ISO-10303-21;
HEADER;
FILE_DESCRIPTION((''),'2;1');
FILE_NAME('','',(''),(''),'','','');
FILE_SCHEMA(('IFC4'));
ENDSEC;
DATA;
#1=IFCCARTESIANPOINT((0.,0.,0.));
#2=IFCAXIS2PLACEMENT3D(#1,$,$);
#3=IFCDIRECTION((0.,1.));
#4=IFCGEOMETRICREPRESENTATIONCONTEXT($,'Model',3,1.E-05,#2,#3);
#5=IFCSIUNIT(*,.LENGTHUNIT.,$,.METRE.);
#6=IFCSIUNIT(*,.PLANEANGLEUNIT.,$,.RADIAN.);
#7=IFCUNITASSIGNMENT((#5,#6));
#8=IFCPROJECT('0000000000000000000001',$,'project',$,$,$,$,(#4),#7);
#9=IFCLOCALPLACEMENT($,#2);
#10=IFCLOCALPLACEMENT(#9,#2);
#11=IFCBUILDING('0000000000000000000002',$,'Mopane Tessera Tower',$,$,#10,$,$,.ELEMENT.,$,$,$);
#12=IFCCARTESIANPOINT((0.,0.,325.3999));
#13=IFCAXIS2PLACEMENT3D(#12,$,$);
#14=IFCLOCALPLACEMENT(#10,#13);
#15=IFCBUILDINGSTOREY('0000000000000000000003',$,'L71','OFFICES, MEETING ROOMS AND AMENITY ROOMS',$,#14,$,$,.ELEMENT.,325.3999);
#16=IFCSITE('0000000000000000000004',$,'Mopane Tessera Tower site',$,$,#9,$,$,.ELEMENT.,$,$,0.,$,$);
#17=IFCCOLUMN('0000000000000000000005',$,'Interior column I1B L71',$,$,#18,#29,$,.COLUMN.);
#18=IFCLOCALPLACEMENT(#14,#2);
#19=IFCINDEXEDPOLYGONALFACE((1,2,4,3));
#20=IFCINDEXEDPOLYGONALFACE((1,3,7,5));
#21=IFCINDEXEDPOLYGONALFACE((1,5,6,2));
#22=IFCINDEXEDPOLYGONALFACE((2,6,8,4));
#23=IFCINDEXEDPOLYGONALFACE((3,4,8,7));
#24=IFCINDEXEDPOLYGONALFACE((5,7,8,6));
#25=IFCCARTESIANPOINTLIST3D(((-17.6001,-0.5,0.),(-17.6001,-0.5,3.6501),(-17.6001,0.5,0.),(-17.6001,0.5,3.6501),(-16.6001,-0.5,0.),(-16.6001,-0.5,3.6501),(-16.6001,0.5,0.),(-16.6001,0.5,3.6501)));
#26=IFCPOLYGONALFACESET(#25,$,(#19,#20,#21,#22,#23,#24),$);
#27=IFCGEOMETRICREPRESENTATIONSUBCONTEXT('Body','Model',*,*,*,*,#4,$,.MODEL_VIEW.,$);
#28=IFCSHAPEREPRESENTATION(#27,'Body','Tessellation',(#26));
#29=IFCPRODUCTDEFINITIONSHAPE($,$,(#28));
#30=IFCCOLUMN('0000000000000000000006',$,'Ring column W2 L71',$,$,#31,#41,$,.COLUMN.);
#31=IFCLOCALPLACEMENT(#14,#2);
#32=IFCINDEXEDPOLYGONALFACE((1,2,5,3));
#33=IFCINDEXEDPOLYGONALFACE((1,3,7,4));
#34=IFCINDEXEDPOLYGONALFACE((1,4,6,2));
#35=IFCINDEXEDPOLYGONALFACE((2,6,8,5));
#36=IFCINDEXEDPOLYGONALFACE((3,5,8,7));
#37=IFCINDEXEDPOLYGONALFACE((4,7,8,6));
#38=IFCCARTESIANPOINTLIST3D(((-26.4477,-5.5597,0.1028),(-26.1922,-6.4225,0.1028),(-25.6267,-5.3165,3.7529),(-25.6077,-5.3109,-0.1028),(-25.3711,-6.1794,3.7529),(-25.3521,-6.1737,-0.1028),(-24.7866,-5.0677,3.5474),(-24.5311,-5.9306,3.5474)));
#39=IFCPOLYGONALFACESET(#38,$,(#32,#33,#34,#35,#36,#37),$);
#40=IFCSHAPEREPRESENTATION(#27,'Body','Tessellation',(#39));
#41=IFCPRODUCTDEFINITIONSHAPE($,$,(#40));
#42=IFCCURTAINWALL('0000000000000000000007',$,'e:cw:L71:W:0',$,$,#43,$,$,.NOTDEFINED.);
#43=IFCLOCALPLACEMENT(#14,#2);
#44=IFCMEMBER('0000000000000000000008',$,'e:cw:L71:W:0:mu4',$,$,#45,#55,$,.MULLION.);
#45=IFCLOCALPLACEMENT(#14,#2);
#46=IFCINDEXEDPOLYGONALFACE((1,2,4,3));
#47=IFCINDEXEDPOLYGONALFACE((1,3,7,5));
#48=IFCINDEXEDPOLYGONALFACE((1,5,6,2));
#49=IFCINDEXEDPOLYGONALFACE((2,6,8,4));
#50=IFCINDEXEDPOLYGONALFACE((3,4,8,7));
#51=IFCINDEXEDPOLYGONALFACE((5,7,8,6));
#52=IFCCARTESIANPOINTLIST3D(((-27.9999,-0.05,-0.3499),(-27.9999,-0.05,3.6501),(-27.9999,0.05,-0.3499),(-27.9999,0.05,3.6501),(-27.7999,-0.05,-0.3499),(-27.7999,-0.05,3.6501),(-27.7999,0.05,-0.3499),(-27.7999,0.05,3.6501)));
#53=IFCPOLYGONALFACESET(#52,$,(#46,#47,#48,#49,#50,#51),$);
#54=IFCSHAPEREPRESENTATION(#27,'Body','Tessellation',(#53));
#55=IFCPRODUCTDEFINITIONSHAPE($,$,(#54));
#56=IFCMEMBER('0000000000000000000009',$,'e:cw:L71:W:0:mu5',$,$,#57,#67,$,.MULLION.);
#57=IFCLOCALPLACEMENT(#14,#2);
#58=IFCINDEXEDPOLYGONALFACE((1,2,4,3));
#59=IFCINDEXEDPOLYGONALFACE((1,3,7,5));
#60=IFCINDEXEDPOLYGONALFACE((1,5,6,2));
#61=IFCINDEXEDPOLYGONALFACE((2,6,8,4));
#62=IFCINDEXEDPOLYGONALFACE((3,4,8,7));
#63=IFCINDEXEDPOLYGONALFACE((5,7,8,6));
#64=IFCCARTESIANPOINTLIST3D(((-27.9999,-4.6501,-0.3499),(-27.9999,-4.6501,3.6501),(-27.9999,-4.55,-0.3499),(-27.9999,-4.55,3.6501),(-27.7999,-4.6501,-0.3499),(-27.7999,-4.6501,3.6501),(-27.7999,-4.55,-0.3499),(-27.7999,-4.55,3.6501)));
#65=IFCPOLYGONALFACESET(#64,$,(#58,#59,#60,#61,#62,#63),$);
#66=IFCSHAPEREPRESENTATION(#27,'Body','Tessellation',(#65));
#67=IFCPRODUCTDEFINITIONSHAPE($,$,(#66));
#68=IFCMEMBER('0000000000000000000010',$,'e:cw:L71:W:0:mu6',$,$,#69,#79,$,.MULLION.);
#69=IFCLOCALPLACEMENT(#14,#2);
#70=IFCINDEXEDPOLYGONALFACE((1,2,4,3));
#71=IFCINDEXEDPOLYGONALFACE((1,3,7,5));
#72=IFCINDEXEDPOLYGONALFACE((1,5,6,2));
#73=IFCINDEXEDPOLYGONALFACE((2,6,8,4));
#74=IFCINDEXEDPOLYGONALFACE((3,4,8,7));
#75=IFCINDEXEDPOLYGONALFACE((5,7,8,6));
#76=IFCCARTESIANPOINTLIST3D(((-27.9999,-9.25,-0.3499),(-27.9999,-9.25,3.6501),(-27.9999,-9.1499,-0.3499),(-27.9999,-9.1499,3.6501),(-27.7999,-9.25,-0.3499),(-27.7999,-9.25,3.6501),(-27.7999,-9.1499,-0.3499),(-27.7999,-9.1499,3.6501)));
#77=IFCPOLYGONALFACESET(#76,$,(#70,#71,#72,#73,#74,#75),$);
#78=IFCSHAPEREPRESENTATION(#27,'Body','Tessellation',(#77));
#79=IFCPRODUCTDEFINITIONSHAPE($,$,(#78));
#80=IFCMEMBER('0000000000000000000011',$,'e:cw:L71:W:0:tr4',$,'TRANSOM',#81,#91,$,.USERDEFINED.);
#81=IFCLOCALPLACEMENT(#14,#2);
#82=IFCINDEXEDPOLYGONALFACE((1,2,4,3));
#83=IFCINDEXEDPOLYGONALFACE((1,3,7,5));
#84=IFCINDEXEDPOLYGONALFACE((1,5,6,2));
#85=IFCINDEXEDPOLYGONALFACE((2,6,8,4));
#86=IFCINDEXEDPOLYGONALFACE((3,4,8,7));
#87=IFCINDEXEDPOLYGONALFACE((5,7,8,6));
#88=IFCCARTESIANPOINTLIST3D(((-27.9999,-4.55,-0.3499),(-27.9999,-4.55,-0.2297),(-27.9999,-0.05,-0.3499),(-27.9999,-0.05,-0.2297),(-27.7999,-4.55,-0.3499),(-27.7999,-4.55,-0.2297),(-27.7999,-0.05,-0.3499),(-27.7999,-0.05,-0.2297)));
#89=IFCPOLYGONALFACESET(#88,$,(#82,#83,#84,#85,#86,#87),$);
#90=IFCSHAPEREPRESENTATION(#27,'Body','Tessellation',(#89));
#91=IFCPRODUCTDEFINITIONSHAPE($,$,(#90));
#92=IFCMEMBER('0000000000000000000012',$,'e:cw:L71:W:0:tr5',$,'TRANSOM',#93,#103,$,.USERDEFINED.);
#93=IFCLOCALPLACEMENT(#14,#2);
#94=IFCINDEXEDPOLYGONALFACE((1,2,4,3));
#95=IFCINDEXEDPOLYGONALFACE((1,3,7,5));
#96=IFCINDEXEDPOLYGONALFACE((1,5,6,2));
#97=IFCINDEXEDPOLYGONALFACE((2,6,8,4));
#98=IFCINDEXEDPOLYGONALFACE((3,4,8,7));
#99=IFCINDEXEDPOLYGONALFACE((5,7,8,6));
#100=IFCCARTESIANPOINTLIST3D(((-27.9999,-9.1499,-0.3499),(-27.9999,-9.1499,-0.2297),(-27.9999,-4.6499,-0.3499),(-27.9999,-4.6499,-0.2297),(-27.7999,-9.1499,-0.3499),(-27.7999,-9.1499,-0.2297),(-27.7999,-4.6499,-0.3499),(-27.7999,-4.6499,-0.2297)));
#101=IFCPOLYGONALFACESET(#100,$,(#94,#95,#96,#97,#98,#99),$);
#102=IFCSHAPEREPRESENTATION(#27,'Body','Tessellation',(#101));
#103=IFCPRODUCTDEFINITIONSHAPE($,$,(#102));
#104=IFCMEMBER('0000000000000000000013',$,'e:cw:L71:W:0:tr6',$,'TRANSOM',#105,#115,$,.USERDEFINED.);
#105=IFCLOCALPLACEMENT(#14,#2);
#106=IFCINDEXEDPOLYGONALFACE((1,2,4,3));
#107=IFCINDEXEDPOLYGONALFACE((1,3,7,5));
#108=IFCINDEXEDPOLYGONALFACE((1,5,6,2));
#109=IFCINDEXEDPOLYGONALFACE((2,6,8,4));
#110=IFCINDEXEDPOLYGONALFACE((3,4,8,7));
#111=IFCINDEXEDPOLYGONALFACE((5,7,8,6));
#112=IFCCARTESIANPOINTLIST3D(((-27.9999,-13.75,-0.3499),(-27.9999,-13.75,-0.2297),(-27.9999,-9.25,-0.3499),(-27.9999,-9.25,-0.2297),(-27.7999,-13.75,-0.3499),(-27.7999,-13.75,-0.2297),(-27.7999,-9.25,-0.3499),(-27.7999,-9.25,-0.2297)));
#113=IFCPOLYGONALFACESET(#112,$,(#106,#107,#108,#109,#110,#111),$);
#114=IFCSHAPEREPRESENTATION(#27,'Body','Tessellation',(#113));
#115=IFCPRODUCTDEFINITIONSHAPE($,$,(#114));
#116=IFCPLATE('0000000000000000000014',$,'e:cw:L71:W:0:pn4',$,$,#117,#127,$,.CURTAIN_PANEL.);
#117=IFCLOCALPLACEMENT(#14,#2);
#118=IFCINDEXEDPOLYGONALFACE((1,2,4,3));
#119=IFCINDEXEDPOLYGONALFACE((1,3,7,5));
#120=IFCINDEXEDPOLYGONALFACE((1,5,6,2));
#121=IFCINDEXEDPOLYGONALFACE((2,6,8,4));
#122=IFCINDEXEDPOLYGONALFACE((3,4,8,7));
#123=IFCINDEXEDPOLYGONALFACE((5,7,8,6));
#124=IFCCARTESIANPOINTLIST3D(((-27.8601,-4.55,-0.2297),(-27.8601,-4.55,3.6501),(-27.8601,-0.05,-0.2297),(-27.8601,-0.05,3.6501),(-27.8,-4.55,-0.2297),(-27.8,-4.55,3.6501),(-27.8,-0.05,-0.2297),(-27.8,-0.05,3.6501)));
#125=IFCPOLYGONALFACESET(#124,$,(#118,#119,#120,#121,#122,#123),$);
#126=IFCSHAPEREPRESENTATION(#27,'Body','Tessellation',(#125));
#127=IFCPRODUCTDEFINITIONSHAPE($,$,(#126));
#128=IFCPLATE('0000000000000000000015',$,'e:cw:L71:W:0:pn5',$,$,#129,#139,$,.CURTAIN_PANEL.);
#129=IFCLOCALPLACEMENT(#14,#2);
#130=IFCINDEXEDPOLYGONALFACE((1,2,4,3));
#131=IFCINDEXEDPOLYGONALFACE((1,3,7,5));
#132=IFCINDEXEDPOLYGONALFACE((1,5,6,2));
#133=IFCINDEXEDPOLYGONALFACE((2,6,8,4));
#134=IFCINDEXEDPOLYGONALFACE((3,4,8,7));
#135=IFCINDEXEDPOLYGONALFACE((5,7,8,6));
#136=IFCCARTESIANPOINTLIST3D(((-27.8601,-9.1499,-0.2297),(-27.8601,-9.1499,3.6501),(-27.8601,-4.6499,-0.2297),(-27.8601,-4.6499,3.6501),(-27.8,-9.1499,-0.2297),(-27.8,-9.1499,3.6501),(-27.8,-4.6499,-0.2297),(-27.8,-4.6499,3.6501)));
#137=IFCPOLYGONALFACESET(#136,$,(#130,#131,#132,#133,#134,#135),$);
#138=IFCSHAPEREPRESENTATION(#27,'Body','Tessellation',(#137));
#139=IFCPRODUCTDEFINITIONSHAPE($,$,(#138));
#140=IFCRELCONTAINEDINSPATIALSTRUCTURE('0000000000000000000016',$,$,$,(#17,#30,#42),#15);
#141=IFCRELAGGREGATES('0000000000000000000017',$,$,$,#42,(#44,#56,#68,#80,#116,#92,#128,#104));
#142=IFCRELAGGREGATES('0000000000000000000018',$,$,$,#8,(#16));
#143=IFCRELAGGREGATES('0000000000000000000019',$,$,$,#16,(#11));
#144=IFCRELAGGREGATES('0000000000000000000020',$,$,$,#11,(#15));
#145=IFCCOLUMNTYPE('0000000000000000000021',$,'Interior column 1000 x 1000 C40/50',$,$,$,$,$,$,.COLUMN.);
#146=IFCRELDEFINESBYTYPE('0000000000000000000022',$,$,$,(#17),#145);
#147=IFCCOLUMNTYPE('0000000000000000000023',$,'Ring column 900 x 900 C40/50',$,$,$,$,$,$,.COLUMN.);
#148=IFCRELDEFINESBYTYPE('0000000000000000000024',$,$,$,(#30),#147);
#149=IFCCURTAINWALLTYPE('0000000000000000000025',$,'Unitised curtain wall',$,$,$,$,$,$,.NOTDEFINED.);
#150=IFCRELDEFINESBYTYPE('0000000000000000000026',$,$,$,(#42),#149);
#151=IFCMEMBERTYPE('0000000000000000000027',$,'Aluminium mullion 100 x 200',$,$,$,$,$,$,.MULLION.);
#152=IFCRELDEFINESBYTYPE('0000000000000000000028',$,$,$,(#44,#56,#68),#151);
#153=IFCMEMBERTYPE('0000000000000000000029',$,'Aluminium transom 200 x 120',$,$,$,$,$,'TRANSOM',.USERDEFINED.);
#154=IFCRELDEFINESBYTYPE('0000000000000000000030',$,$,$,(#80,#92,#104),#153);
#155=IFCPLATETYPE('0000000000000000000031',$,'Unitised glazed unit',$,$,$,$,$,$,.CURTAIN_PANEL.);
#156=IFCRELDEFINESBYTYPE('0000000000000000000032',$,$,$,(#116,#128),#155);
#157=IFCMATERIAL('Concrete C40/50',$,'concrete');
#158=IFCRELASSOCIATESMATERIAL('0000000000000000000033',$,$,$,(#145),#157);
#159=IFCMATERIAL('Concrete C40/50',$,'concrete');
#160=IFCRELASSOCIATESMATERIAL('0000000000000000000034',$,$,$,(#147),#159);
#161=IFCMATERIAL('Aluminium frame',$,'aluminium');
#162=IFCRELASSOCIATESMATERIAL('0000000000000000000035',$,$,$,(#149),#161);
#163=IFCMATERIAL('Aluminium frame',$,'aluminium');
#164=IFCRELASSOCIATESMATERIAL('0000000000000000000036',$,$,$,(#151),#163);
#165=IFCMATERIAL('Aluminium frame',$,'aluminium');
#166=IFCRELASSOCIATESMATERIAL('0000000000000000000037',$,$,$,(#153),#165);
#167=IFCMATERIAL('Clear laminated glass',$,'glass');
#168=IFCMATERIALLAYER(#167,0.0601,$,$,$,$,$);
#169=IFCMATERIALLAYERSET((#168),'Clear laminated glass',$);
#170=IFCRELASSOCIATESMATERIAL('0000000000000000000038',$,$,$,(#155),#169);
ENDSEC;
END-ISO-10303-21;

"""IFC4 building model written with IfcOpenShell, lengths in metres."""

from ifc_helpers import new_model, si_unit, direction, frame, origin, origin_2d, place, context, subcontext, project, spatial, rectangle, extrude, material, layer, layer_set, material_profile, profile_set, type_object, element, aggregate, save


model = new_model("IFC4")

# Units and contexts
model_context = context("Model", 3, precision=1e-05, world=origin(), true_north=direction((0.0, 1.0)))
body_context = subcontext(model_context, "Body", "Model", "MODEL_VIEW")
ifc_project = project(units=[si_unit("LENGTHUNIT", "METRE"), si_unit("PLANEANGLEUNIT", "RADIAN")], contexts=[model_context])

# Site, building, storey
site_placement = place(None, origin())
site = spatial("IfcSite", under=ifc_project, at=site_placement, Name="Mopane Tessera Tower site", CompositionType="ELEMENT", RefElevation=0.0)
building_placement = place(site_placement, origin())
building = spatial("IfcBuilding", under=site, at=building_placement, Name="Mopane Tessera Tower", CompositionType="ELEMENT")
storey_placement = place(building_placement, frame((0.0, 0.0, 325.3999)))
storey = spatial("IfcBuildingStorey", under=building, at=storey_placement, Name="L71", Description="OFFICES, MEETING ROOMS AND AMENITY ROOMS", CompositionType="ELEMENT", Elevation=325.3999)

# Columns
ifc_material_1 = material(Name="Concrete C40/50", Category="concrete")
ifc_material_profile_1 = material_profile(ifc_material_1, rectangle(XDim=1.0, YDim=1.0, at=origin_2d()))
ifc_profile_set_1 = profile_set([ifc_material_profile_1], Name="Concrete C40/50")
column_type_1 = type_object("IfcColumnType", Name="Interior column 1000 x 1000 C40/50", PredefinedType="COLUMN", material=ifc_profile_set_1)
column_1_placement = place(storey_placement, frame((-17.1001, 0.0, 0.0), z_axis=(0.0, 0.0, 1.0), x_axis=(1.0, 0.0, 0.0)))
element("IfcColumn", 1, at=column_1_placement, inside=storey, type_object=column_type_1, Name="Interior column I1B L71", PredefinedType="COLUMN", context=body_context, shape_type="SweptSolid", body=[
    extrude(rectangle(XDim=1.0, YDim=1.0, at=origin_2d()), origin(), (0.0, 0.0, 1.0), 3.6501),
])
ifc_material_2 = material(Name="Concrete C40/50", Category="concrete")
ifc_material_profile_2 = material_profile(ifc_material_2, rectangle(XDim=0.8999, YDim=0.8999, at=origin_2d()))
ifc_profile_set_2 = profile_set([ifc_material_profile_2], Name="Concrete C40/50")
column_type_2 = type_object("IfcColumnType", Name="Ring column 900 x 900 C40/50", PredefinedType="COLUMN", material=ifc_profile_set_2)
column_2_placement = place(storey_placement, frame((-25.8999, -5.8667, 0.0), z_axis=(0.21899, 0.064857, 0.973569), x_axis=(-0.283972, 0.958833, 0.0)))
element("IfcColumn", 2, at=column_2_placement, inside=storey, type_object=column_type_2, Name="Ring column W2 L71", PredefinedType="COLUMN", context=body_context, shape_type="SweptSolid", body=[
    extrude(rectangle(XDim=0.8999, YDim=0.8999, at=origin_2d()), origin(), (0.0, 0.0, 1.0), 3.7493),
])

# Curtain wall, members, plates
ifc_material_3 = material(Name="Aluminium frame", Category="aluminium")
curtain_wall_type = type_object("IfcCurtainWallType", Name="Unitised curtain wall", PredefinedType="NOTDEFINED", material=ifc_material_3)
curtain_wall_placement = place(storey_placement, origin())
curtain_wall = element("IfcCurtainWall", 3, at=curtain_wall_placement, inside=storey, type_object=curtain_wall_type, Name="e:cw:L71:W:0", PredefinedType="NOTDEFINED")
ifc_material_4 = material(Name="Aluminium frame", Category="aluminium")
ifc_material_profile_3 = material_profile(ifc_material_4, rectangle(XDim=0.1001, YDim=0.2, at=origin_2d()))
ifc_profile_set_3 = profile_set([ifc_material_profile_3], Name="Aluminium frame")
member_type_1 = type_object("IfcMemberType", Name="Aluminium mullion 100 x 200", PredefinedType="MULLION", material=ifc_profile_set_3)
member_1_placement = place(storey_placement, frame((-27.8999, 0.0, -0.3499), z_axis=(0.0, 0.0, 1.0), x_axis=(0.0, -1.0, 0.0)))
member_1 = element("IfcMember", 4, at=member_1_placement, type_object=member_type_1, Name="e:cw:L71:W:0:mu4", PredefinedType="MULLION", context=body_context, shape_type="SweptSolid", body=[
    extrude(rectangle(XDim=0.1001, YDim=0.2, at=origin_2d()), origin(), (0.0, 0.0, 1.0), 4.0),
])
member_2_placement = place(storey_placement, frame((-27.8999, -4.6001, -0.3499), z_axis=(0.0, 0.0, 1.0), x_axis=(0.0, -1.0, 0.0)))
member_2 = element("IfcMember", 5, at=member_2_placement, type_object=member_type_1, Name="e:cw:L71:W:0:mu5", PredefinedType="MULLION", context=body_context, shape_type="SweptSolid", body=[
    extrude(rectangle(XDim=0.1001, YDim=0.2, at=origin_2d()), origin(), (0.0, 0.0, 1.0), 4.0),
])
member_3_placement = place(storey_placement, frame((-27.8999, -9.2, -0.3499), z_axis=(0.0, 0.0, 1.0), x_axis=(0.0, -1.0, 0.0)))
member_3 = element("IfcMember", 6, at=member_3_placement, type_object=member_type_1, Name="e:cw:L71:W:0:mu6", PredefinedType="MULLION", context=body_context, shape_type="SweptSolid", body=[
    extrude(rectangle(XDim=0.1001, YDim=0.2, at=origin_2d()), origin(), (0.0, 0.0, 1.0), 4.0),
])
ifc_material_5 = material(Name="Aluminium frame", Category="aluminium")
ifc_material_profile_4 = material_profile(ifc_material_5, rectangle(XDim=0.2, YDim=0.1201, at=origin_2d()))
ifc_profile_set_4 = profile_set([ifc_material_profile_4], Name="Aluminium frame")
member_type_2 = type_object("IfcMemberType", Name="Aluminium transom 200 x 120", ElementType="TRANSOM", PredefinedType="USERDEFINED", material=ifc_profile_set_4)
member_4_placement = place(storey_placement, frame((-27.8999, -0.05, -0.2898), z_axis=(0.0, -1.0, 0.0), x_axis=(1.0, 0.0, 0.0)))
member_4 = element("IfcMember", 7, at=member_4_placement, type_object=member_type_2, Name="e:cw:L71:W:0:tr4", ObjectType="TRANSOM", PredefinedType="USERDEFINED", context=body_context, shape_type="SweptSolid", body=[
    extrude(rectangle(XDim=0.2, YDim=0.1201, at=origin_2d()), origin(), (0.0, 0.0, 1.0), 4.5),
])
member_5_placement = place(storey_placement, frame((-27.8999, -4.6499, -0.2898), z_axis=(0.0, -1.0, 0.0), x_axis=(1.0, 0.0, 0.0)))
member_5 = element("IfcMember", 8, at=member_5_placement, type_object=member_type_2, Name="e:cw:L71:W:0:tr5", ObjectType="TRANSOM", PredefinedType="USERDEFINED", context=body_context, shape_type="SweptSolid", body=[
    extrude(rectangle(XDim=0.2, YDim=0.1201, at=origin_2d()), origin(), (0.0, 0.0, 1.0), 4.5),
])
member_6_placement = place(storey_placement, frame((-27.8999, -9.25, -0.2898), z_axis=(0.0, -1.0, 0.0), x_axis=(1.0, 0.0, 0.0)))
member_6 = element("IfcMember", 9, at=member_6_placement, type_object=member_type_2, Name="e:cw:L71:W:0:tr6", ObjectType="TRANSOM", PredefinedType="USERDEFINED", context=body_context, shape_type="SweptSolid", body=[
    extrude(rectangle(XDim=0.2, YDim=0.1201, at=origin_2d()), origin(), (0.0, 0.0, 1.0), 4.5),
])
ifc_material_6 = material(Name="Clear laminated glass", Category="glass")
ifc_layer_1 = layer(ifc_material_6, 0.0601)
ifc_layer_set_1 = layer_set([ifc_layer_1], Name="Clear laminated glass")
plate_type = type_object("IfcPlateType", Name="Unitised glazed unit", PredefinedType="CURTAIN_PANEL", material=ifc_layer_set_1)
plate_1_placement = place(storey_placement, frame((-27.8301, -2.3, -0.2297), z_axis=(0.0, 0.0, 1.0), x_axis=(0.0, -1.0, 0.0)))
plate_1 = element("IfcPlate", 10, at=plate_1_placement, type_object=plate_type, Name="e:cw:L71:W:0:pn4", PredefinedType="CURTAIN_PANEL", context=body_context, shape_type="SweptSolid", body=[
    extrude(rectangle(XDim=4.5, YDim=0.0601, at=origin_2d()), origin(), (0.0, 0.0, 1.0), 3.8799),
])
plate_2_placement = place(storey_placement, frame((-27.8301, -6.8999, -0.2297), z_axis=(0.0, 0.0, 1.0), x_axis=(0.0, -1.0, 0.0)))
plate_2 = element("IfcPlate", 11, at=plate_2_placement, type_object=plate_type, Name="e:cw:L71:W:0:pn5", PredefinedType="CURTAIN_PANEL", context=body_context, shape_type="SweptSolid", body=[
    extrude(rectangle(XDim=4.5, YDim=0.0601, at=origin_2d()), origin(), (0.0, 0.0, 1.0), 3.8799),
])
aggregate(curtain_wall, [member_1, member_2, member_3, member_4, plate_1, member_5, plate_2, member_6])

save(model, "model.ifc")
